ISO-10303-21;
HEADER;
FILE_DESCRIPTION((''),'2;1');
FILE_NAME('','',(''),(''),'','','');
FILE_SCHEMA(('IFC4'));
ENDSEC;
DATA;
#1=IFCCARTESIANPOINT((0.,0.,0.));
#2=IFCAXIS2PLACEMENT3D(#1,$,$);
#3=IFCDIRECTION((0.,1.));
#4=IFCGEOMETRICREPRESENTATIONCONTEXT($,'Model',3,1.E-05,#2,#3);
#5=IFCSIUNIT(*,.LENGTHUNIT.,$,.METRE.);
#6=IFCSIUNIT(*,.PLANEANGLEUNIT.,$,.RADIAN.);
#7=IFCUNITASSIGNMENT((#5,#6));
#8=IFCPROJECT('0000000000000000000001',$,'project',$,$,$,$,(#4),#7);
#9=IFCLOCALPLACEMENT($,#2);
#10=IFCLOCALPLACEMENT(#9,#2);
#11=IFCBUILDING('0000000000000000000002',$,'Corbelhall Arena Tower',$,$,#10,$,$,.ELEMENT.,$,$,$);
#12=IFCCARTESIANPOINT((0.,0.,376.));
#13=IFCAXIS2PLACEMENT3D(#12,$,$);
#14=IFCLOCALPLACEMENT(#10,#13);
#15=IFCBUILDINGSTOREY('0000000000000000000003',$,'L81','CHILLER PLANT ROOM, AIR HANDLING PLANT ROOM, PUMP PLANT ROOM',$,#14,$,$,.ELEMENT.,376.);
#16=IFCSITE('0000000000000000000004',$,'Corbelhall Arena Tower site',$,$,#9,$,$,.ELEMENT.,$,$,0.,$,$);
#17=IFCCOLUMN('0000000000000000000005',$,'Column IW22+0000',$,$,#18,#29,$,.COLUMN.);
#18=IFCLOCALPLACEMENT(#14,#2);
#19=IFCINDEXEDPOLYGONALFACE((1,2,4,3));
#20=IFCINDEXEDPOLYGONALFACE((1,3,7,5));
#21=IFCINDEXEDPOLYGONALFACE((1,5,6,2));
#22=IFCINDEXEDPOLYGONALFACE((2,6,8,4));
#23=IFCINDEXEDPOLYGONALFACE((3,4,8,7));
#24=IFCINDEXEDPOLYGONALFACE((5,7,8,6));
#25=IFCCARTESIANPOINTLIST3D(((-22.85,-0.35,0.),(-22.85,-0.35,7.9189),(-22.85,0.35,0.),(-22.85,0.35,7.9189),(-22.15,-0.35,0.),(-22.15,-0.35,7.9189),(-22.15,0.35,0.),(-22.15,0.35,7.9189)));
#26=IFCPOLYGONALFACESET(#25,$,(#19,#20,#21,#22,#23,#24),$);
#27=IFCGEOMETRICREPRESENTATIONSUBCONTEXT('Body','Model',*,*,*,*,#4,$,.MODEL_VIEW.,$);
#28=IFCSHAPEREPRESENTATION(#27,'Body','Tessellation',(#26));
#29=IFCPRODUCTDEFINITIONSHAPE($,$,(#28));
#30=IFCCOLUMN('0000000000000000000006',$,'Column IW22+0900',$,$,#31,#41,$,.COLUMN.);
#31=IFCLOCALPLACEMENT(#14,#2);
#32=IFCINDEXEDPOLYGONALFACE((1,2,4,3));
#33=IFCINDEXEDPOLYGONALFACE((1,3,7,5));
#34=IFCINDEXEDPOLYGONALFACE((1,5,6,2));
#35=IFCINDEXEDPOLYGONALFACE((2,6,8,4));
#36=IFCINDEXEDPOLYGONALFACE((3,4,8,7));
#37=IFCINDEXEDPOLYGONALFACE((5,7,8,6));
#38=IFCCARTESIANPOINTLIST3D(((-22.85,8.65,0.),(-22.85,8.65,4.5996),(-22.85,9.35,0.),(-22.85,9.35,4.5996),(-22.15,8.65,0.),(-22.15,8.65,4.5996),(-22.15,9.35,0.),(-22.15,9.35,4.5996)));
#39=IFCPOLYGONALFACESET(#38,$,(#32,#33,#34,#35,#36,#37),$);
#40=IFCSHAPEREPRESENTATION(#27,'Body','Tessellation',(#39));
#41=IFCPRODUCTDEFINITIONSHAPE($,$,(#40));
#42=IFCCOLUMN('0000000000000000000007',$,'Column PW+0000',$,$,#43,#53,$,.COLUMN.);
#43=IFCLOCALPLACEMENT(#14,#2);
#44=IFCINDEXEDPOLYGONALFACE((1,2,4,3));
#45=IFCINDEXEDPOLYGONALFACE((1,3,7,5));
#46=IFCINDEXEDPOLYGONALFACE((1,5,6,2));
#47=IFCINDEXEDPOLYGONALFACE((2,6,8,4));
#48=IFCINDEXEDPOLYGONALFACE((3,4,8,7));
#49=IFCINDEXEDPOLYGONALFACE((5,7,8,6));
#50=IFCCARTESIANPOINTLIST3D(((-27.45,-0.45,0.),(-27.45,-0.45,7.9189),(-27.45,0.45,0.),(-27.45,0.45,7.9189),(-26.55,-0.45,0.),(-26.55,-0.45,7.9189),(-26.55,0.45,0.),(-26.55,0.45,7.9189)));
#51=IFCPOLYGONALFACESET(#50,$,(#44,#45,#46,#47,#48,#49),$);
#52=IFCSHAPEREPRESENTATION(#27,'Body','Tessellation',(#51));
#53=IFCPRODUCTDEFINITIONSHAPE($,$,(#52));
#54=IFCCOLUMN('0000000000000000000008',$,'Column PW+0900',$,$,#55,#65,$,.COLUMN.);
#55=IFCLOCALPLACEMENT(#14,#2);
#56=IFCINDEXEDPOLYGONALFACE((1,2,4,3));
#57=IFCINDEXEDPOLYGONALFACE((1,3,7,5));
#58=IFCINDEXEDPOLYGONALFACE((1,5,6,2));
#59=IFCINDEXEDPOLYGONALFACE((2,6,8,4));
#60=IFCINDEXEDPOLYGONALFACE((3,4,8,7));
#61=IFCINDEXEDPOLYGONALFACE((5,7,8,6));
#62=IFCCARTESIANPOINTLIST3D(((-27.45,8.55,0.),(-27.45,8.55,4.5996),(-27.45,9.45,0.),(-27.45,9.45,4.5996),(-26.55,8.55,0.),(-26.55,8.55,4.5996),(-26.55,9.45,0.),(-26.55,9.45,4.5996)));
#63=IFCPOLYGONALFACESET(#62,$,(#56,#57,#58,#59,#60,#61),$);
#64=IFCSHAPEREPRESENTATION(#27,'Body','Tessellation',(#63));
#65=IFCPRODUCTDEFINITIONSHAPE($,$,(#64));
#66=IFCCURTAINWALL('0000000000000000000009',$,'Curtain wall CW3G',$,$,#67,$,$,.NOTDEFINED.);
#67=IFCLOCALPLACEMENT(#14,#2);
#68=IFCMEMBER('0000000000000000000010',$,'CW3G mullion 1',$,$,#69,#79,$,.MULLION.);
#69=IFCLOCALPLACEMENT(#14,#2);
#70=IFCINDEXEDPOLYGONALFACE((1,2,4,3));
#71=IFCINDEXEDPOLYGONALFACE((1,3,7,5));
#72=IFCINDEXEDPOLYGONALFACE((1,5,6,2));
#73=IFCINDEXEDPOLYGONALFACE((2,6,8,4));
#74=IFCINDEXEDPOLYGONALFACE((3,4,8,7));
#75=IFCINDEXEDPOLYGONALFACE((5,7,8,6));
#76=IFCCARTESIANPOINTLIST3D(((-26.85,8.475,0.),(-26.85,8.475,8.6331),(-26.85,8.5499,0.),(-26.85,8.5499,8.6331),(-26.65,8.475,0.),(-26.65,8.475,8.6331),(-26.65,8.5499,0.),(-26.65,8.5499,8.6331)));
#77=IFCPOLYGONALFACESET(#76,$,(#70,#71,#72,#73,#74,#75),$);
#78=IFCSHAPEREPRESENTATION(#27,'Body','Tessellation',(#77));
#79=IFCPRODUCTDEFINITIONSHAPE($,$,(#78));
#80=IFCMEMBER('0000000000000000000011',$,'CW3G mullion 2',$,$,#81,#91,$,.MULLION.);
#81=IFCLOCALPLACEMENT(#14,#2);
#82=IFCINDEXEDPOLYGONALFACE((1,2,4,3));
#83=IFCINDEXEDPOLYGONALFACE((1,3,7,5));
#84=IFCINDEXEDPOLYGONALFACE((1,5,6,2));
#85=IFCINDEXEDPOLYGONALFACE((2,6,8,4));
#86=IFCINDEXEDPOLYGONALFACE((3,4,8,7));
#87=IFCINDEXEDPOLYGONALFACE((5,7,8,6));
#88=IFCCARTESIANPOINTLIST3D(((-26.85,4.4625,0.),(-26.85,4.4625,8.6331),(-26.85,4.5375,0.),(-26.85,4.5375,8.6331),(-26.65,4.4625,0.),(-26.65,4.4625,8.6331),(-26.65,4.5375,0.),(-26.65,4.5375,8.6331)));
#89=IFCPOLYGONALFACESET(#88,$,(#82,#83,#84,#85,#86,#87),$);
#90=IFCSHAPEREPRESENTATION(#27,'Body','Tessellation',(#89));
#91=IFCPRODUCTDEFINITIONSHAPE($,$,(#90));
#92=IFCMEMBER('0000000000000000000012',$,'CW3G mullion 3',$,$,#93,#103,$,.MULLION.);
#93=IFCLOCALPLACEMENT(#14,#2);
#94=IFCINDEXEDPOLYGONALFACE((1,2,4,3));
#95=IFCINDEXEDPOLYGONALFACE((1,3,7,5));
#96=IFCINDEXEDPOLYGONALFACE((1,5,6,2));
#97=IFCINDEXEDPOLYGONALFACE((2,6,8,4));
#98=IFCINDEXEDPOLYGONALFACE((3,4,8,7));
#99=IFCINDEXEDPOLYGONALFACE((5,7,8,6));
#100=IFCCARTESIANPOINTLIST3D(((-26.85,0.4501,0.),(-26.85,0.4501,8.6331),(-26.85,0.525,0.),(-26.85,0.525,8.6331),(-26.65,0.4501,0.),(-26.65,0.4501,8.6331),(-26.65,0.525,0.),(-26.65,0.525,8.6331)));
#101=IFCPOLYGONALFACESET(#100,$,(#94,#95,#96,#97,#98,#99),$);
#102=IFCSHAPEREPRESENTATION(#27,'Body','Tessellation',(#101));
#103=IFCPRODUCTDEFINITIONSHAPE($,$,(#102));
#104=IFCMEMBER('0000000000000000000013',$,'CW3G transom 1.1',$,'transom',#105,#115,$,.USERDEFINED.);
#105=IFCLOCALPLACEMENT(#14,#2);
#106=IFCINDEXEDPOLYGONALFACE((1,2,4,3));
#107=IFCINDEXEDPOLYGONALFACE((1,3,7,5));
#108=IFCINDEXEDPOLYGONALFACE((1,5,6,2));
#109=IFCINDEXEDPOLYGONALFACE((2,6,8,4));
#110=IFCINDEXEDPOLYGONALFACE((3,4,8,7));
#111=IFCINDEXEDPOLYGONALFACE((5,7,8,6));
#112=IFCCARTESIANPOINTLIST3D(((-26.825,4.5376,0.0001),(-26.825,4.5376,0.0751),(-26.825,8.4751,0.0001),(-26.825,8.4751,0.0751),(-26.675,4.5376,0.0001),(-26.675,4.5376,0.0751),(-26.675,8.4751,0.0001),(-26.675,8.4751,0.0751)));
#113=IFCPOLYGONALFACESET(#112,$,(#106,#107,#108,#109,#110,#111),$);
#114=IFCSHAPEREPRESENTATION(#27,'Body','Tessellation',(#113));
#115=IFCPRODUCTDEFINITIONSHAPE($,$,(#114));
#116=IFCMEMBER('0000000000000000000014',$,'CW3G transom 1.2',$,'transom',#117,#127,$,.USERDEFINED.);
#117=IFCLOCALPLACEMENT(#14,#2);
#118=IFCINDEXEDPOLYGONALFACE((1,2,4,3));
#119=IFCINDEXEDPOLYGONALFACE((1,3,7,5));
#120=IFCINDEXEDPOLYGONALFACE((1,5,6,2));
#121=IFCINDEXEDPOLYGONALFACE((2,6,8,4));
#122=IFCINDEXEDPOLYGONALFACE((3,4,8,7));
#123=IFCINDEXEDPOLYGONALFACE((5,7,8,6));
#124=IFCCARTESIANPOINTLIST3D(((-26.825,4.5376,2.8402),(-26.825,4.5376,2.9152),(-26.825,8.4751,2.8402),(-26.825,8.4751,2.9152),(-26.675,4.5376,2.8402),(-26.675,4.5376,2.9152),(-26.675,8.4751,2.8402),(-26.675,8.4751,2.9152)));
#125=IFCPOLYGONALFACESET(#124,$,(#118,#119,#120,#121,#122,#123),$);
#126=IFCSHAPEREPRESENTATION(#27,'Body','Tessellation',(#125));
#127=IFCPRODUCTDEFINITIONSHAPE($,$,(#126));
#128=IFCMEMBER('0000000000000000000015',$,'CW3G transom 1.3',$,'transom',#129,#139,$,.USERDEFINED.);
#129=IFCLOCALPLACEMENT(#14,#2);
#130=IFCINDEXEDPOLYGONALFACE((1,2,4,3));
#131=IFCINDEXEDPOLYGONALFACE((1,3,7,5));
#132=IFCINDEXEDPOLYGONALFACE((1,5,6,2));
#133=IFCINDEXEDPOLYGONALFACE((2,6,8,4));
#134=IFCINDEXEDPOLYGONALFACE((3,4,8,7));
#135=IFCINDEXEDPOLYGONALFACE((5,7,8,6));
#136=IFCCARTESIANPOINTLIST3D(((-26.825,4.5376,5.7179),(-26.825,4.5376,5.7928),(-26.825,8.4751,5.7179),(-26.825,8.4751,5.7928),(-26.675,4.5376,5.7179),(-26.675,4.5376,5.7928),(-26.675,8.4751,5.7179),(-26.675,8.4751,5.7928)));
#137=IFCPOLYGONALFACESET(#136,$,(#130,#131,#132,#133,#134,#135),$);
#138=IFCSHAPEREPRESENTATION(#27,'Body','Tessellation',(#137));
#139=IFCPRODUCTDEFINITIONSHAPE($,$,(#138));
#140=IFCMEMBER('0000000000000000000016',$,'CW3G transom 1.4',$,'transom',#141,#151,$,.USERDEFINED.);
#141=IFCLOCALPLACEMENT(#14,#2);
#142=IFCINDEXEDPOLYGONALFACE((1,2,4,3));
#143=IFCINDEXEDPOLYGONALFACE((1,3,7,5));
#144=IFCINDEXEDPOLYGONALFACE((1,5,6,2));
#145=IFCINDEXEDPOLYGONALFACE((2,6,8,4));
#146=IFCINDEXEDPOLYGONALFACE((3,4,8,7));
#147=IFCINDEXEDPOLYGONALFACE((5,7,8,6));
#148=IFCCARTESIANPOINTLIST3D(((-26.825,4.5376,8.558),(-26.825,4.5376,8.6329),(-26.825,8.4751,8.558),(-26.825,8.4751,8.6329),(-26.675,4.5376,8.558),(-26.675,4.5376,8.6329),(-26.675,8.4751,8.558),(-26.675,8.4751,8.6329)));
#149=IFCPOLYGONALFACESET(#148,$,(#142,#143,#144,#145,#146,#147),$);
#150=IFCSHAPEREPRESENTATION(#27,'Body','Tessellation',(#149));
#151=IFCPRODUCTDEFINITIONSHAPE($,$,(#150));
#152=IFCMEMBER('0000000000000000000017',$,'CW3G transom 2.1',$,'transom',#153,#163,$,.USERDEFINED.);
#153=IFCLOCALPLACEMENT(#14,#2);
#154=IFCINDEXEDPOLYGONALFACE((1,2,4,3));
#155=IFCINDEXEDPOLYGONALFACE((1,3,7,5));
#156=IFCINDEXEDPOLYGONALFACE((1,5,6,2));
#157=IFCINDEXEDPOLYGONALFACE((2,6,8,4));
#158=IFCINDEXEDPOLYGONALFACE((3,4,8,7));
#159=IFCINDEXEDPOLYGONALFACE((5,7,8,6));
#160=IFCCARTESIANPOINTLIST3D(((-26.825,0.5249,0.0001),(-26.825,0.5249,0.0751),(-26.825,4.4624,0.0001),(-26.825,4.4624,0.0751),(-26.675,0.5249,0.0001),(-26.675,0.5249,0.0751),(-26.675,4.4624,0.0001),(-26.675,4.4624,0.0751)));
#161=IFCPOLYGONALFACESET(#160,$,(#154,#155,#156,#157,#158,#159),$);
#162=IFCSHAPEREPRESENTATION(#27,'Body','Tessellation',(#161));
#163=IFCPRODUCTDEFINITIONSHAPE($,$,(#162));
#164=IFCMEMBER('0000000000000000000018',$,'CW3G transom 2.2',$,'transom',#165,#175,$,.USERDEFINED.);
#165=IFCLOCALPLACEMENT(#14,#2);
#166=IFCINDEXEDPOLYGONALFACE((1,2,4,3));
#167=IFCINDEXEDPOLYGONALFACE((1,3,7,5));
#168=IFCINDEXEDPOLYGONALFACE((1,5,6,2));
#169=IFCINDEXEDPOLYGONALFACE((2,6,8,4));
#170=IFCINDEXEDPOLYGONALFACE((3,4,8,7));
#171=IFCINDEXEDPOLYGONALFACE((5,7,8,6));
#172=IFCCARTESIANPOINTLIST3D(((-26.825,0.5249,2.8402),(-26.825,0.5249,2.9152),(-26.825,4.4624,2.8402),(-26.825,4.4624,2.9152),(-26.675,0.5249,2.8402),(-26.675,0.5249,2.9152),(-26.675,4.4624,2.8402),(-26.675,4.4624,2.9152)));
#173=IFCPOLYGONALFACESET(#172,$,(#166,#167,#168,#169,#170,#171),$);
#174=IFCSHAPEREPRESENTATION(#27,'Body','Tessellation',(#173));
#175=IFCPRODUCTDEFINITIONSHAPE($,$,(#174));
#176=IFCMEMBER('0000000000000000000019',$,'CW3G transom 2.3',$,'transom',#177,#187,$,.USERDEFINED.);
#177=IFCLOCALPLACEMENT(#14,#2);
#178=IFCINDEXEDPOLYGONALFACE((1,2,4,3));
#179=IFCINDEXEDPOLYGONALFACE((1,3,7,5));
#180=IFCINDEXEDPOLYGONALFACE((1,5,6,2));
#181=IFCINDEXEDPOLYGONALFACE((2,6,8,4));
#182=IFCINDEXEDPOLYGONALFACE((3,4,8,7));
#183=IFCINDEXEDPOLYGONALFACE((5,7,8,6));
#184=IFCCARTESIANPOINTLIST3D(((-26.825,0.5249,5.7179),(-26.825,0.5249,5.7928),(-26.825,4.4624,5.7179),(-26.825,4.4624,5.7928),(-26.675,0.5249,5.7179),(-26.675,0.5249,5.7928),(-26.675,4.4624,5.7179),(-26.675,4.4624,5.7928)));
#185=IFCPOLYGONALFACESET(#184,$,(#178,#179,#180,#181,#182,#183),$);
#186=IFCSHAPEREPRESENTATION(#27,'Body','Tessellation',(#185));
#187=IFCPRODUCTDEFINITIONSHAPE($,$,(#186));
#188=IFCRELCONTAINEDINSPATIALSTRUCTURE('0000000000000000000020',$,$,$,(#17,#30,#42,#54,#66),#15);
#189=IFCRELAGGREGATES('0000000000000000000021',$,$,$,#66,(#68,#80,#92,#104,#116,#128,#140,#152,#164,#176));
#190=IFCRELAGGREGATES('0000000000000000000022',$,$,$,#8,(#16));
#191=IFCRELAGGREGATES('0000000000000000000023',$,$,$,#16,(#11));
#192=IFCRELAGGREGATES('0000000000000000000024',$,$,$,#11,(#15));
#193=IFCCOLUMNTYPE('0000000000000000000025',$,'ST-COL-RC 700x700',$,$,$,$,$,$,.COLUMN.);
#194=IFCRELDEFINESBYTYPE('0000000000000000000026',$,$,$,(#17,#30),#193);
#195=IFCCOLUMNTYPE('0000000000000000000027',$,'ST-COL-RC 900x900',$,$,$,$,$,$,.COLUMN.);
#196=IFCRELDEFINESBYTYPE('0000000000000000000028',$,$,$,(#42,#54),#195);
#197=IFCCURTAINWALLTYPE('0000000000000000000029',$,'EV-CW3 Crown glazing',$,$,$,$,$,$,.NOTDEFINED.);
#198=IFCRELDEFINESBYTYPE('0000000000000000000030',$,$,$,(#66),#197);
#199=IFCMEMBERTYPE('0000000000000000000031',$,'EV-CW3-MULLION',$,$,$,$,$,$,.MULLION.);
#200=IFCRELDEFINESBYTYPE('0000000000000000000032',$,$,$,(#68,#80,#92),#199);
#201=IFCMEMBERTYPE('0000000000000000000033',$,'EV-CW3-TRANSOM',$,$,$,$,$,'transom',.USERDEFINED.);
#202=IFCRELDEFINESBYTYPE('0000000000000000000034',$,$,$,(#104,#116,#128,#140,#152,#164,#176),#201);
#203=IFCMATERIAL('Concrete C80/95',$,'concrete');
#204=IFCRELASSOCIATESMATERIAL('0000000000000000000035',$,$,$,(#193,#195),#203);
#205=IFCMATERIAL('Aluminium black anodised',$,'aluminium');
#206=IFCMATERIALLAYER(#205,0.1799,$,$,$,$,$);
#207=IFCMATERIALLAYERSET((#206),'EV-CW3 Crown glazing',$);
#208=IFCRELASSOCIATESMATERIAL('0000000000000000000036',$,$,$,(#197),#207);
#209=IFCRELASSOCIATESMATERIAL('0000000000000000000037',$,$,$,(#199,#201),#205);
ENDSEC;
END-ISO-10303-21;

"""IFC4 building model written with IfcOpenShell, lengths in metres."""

from ifc_helpers import new_model, si_unit, direction, frame, origin, origin_2d, place, context, subcontext, project, spatial, rectangle, extrude, material, layer, layer_set, material_profile, profile_set, type_object, element, aggregate, save


model = new_model("IFC4")

# Units and contexts
model_context = context("Model", 3, precision=1e-05, world=origin(), true_north=direction((0.0, 1.0)))
body_context = subcontext(model_context, "Body", "Model", "MODEL_VIEW")
ifc_project = project(units=[si_unit("LENGTHUNIT", "METRE"), si_unit("PLANEANGLEUNIT", "RADIAN")], contexts=[model_context])

# Site, building, storey
site_placement = place(None, origin())
site = spatial("IfcSite", under=ifc_project, at=site_placement, Name="Corbelhall Arena Tower site", CompositionType="ELEMENT", RefElevation=0.0)
building_placement = place(site_placement, origin())
building = spatial("IfcBuilding", under=site, at=building_placement, Name="Corbelhall Arena Tower", CompositionType="ELEMENT")
storey_placement = place(building_placement, frame((0.0, 0.0, 376.0)))
storey = spatial("IfcBuildingStorey", under=building, at=storey_placement, Name="L81", Description="CHILLER PLANT ROOM, AIR HANDLING PLANT ROOM, PUMP PLANT ROOM", CompositionType="ELEMENT", Elevation=376.0)

# Columns
ifc_material_1 = material(Name="Concrete C80/95", Category="concrete")
ifc_material_profile_1 = material_profile(ifc_material_1, rectangle(XDim=0.7, YDim=0.7, at=origin_2d()))
ifc_profile_set_1 = profile_set([ifc_material_profile_1], Name="Concrete C80/95")
column_type_1 = type_object("IfcColumnType", Name="ST-COL-RC 700x700", PredefinedType="COLUMN", material=ifc_profile_set_1)
column_1_placement = place(storey_placement, frame((-22.5, 0.0, 0.0), z_axis=(0.0, 0.0, 1.0), x_axis=(1.0, 0.0, 0.0)))
element("IfcColumn", 1, at=column_1_placement, inside=storey, type_object=column_type_1, Name="Column IW22+0000", PredefinedType="COLUMN", context=body_context, shape_type="SweptSolid", body=[
    extrude(rectangle(XDim=0.7, YDim=0.7, at=origin_2d()), origin(), (0.0, 0.0, 1.0), 7.9189),
])
column_2_placement = place(storey_placement, frame((-22.5, 9.0, 0.0), z_axis=(0.0, 0.0, 1.0), x_axis=(1.0, 0.0, 0.0)))
element("IfcColumn", 2, at=column_2_placement, inside=storey, type_object=column_type_1, Name="Column IW22+0900", PredefinedType="COLUMN", context=body_context, shape_type="SweptSolid", body=[
    extrude(rectangle(XDim=0.7, YDim=0.7, at=origin_2d()), origin(), (0.0, 0.0, 1.0), 4.5996),
])
ifc_material_profile_2 = material_profile(ifc_material_1, rectangle(XDim=0.8999, YDim=0.8999, at=origin_2d()))
ifc_profile_set_2 = profile_set([ifc_material_profile_2], Name="Concrete C80/95")
column_type_2 = type_object("IfcColumnType", Name="ST-COL-RC 900x900", PredefinedType="COLUMN", material=ifc_profile_set_2)
column_3_placement = place(storey_placement, frame((-27.0, 0.0, 0.0), z_axis=(0.0, 0.0, 1.0), x_axis=(0.0, 1.0, 0.0)))
element("IfcColumn", 3, at=column_3_placement, inside=storey, type_object=column_type_2, Name="Column PW+0000", PredefinedType="COLUMN", context=body_context, shape_type="SweptSolid", body=[
    extrude(rectangle(XDim=0.8999, YDim=0.8999, at=origin_2d()), origin(), (0.0, 0.0, 1.0), 7.9189),
])
column_4_placement = place(storey_placement, frame((-27.0, 9.0, 0.0), z_axis=(0.0, 0.0, 1.0), x_axis=(0.0, 1.0, 0.0)))
element("IfcColumn", 4, at=column_4_placement, inside=storey, type_object=column_type_2, Name="Column PW+0900", PredefinedType="COLUMN", context=body_context, shape_type="SweptSolid", body=[
    extrude(rectangle(XDim=0.8999, YDim=0.8999, at=origin_2d()), origin(), (0.0, 0.0, 1.0), 4.5996),
])

# Curtain wall, members
ifc_material_2 = material(Name="Aluminium black anodised", Category="aluminium")
ifc_layer_1 = layer(ifc_material_2, 0.1799)
ifc_layer_set_1 = layer_set([ifc_layer_1], Name="EV-CW3 Crown glazing")
curtain_wall_type = type_object("IfcCurtainWallType", Name="EV-CW3 Crown glazing", PredefinedType="NOTDEFINED", material=ifc_layer_set_1)
curtain_wall_placement = place(storey_placement, origin())
curtain_wall = element("IfcCurtainWall", 5, at=curtain_wall_placement, inside=storey, type_object=curtain_wall_type, Name="Curtain wall CW3G", PredefinedType="NOTDEFINED")
ifc_material_profile_3 = material_profile(ifc_material_2, rectangle(XDim=0.2, YDim=0.075, at=origin_2d()))
ifc_profile_set_3 = profile_set([ifc_material_profile_3], Name="Aluminium black anodised")
member_type_1 = type_object("IfcMemberType", Name="EV-CW3-MULLION", PredefinedType="MULLION", material=ifc_profile_set_3)
member_1_placement = place(storey_placement, frame((-26.75, 8.5125, 0.0), z_axis=(0.0, 0.0, 1.0), x_axis=(1.0, 0.0, 0.0)))
member_1 = element("IfcMember", 6, at=member_1_placement, type_object=member_type_1, Name="CW3G mullion 1", PredefinedType="MULLION", context=body_context, shape_type="SweptSolid", body=[
    extrude(rectangle(XDim=0.2, YDim=0.075, at=origin_2d()), origin(), (0.0, 0.0, 1.0), 8.6331),
])
member_2_placement = place(storey_placement, frame((-26.75, 4.5, 0.0), z_axis=(0.0, 0.0, 1.0), x_axis=(1.0, 0.0, 0.0)))
member_2 = element("IfcMember", 7, at=member_2_placement, type_object=member_type_1, Name="CW3G mullion 2", PredefinedType="MULLION", context=body_context, shape_type="SweptSolid", body=[
    extrude(rectangle(XDim=0.2, YDim=0.075, at=origin_2d()), origin(), (0.0, 0.0, 1.0), 8.6331),
])
member_3_placement = place(storey_placement, frame((-26.75, 0.4875, 0.0), z_axis=(0.0, 0.0, 1.0), x_axis=(1.0, 0.0, 0.0)))
member_3 = element("IfcMember", 8, at=member_3_placement, type_object=member_type_1, Name="CW3G mullion 3", PredefinedType="MULLION", context=body_context, shape_type="SweptSolid", body=[
    extrude(rectangle(XDim=0.2, YDim=0.075, at=origin_2d()), origin(), (0.0, 0.0, 1.0), 8.6331),
])
ifc_material_profile_4 = material_profile(ifc_material_2, rectangle(XDim=0.1499, YDim=0.075, at=origin_2d()))
ifc_profile_set_4 = profile_set([ifc_material_profile_4], Name="Aluminium black anodised")
member_type_2 = type_object("IfcMemberType", Name="EV-CW3-TRANSOM", ElementType="transom", PredefinedType="USERDEFINED", material=ifc_profile_set_4)
member_4_placement = place(storey_placement, frame((-26.75, 8.4751, 0.0376), z_axis=(0.0, -1.0, 0.0), x_axis=(1.0, 0.0, 0.0)))
member_4 = element("IfcMember", 9, at=member_4_placement, type_object=member_type_2, Name="CW3G transom 1.1", ObjectType="transom", PredefinedType="USERDEFINED", context=body_context, shape_type="SweptSolid", body=[
    extrude(rectangle(XDim=0.1499, YDim=0.075, at=origin_2d()), origin(), (0.0, 0.0, 1.0), 3.9375),
])
member_5_placement = place(storey_placement, frame((-26.75, 8.4751, 2.8777), z_axis=(0.0, -1.0, 0.0), x_axis=(1.0, 0.0, 0.0)))
member_5 = element("IfcMember", 10, at=member_5_placement, type_object=member_type_2, Name="CW3G transom 1.2", ObjectType="transom", PredefinedType="USERDEFINED", context=body_context, shape_type="SweptSolid", body=[
    extrude(rectangle(XDim=0.1499, YDim=0.075, at=origin_2d()), origin(), (0.0, 0.0, 1.0), 3.9375),
])
member_6_placement = place(storey_placement, frame((-26.75, 8.4751, 5.7554), z_axis=(0.0, -1.0, 0.0), x_axis=(1.0, 0.0, 0.0)))
member_6 = element("IfcMember", 11, at=member_6_placement, type_object=member_type_2, Name="CW3G transom 1.3", ObjectType="transom", PredefinedType="USERDEFINED", context=body_context, shape_type="SweptSolid", body=[
    extrude(rectangle(XDim=0.1499, YDim=0.075, at=origin_2d()), origin(), (0.0, 0.0, 1.0), 3.9375),
])
member_7_placement = place(storey_placement, frame((-26.75, 8.4751, 8.5955), z_axis=(0.0, -1.0, 0.0), x_axis=(1.0, 0.0, 0.0)))
member_7 = element("IfcMember", 12, at=member_7_placement, type_object=member_type_2, Name="CW3G transom 1.4", ObjectType="transom", PredefinedType="USERDEFINED", context=body_context, shape_type="SweptSolid", body=[
    extrude(rectangle(XDim=0.1499, YDim=0.075, at=origin_2d()), origin(), (0.0, 0.0, 1.0), 3.9375),
])
member_8_placement = place(storey_placement, frame((-26.75, 4.4624, 0.0376), z_axis=(0.0, -1.0, 0.0), x_axis=(1.0, 0.0, 0.0)))
member_8 = element("IfcMember", 13, at=member_8_placement, type_object=member_type_2, Name="CW3G transom 2.1", ObjectType="transom", PredefinedType="USERDEFINED", context=body_context, shape_type="SweptSolid", body=[
    extrude(rectangle(XDim=0.1499, YDim=0.075, at=origin_2d()), origin(), (0.0, 0.0, 1.0), 3.9375),
])
member_9_placement = place(storey_placement, frame((-26.75, 4.4624, 2.8777), z_axis=(0.0, -1.0, 0.0), x_axis=(1.0, 0.0, 0.0)))
member_9 = element("IfcMember", 14, at=member_9_placement, type_object=member_type_2, Name="CW3G transom 2.2", ObjectType="transom", PredefinedType="USERDEFINED", context=body_context, shape_type="SweptSolid", body=[
    extrude(rectangle(XDim=0.1499, YDim=0.075, at=origin_2d()), origin(), (0.0, 0.0, 1.0), 3.9375),
])
member_10_placement = place(storey_placement, frame((-26.75, 4.4624, 5.7554), z_axis=(0.0, -1.0, 0.0), x_axis=(1.0, 0.0, 0.0)))
member_10 = element("IfcMember", 15, at=member_10_placement, type_object=member_type_2, Name="CW3G transom 2.3", ObjectType="transom", PredefinedType="USERDEFINED", context=body_context, shape_type="SweptSolid", body=[
    extrude(rectangle(XDim=0.1499, YDim=0.075, at=origin_2d()), origin(), (0.0, 0.0, 1.0), 3.9375),
])

aggregate(curtain_wall, [member_1, member_2, member_3, member_4, member_5, member_6, member_7, member_8, member_9, member_10])

save(model, "model.ifc")
